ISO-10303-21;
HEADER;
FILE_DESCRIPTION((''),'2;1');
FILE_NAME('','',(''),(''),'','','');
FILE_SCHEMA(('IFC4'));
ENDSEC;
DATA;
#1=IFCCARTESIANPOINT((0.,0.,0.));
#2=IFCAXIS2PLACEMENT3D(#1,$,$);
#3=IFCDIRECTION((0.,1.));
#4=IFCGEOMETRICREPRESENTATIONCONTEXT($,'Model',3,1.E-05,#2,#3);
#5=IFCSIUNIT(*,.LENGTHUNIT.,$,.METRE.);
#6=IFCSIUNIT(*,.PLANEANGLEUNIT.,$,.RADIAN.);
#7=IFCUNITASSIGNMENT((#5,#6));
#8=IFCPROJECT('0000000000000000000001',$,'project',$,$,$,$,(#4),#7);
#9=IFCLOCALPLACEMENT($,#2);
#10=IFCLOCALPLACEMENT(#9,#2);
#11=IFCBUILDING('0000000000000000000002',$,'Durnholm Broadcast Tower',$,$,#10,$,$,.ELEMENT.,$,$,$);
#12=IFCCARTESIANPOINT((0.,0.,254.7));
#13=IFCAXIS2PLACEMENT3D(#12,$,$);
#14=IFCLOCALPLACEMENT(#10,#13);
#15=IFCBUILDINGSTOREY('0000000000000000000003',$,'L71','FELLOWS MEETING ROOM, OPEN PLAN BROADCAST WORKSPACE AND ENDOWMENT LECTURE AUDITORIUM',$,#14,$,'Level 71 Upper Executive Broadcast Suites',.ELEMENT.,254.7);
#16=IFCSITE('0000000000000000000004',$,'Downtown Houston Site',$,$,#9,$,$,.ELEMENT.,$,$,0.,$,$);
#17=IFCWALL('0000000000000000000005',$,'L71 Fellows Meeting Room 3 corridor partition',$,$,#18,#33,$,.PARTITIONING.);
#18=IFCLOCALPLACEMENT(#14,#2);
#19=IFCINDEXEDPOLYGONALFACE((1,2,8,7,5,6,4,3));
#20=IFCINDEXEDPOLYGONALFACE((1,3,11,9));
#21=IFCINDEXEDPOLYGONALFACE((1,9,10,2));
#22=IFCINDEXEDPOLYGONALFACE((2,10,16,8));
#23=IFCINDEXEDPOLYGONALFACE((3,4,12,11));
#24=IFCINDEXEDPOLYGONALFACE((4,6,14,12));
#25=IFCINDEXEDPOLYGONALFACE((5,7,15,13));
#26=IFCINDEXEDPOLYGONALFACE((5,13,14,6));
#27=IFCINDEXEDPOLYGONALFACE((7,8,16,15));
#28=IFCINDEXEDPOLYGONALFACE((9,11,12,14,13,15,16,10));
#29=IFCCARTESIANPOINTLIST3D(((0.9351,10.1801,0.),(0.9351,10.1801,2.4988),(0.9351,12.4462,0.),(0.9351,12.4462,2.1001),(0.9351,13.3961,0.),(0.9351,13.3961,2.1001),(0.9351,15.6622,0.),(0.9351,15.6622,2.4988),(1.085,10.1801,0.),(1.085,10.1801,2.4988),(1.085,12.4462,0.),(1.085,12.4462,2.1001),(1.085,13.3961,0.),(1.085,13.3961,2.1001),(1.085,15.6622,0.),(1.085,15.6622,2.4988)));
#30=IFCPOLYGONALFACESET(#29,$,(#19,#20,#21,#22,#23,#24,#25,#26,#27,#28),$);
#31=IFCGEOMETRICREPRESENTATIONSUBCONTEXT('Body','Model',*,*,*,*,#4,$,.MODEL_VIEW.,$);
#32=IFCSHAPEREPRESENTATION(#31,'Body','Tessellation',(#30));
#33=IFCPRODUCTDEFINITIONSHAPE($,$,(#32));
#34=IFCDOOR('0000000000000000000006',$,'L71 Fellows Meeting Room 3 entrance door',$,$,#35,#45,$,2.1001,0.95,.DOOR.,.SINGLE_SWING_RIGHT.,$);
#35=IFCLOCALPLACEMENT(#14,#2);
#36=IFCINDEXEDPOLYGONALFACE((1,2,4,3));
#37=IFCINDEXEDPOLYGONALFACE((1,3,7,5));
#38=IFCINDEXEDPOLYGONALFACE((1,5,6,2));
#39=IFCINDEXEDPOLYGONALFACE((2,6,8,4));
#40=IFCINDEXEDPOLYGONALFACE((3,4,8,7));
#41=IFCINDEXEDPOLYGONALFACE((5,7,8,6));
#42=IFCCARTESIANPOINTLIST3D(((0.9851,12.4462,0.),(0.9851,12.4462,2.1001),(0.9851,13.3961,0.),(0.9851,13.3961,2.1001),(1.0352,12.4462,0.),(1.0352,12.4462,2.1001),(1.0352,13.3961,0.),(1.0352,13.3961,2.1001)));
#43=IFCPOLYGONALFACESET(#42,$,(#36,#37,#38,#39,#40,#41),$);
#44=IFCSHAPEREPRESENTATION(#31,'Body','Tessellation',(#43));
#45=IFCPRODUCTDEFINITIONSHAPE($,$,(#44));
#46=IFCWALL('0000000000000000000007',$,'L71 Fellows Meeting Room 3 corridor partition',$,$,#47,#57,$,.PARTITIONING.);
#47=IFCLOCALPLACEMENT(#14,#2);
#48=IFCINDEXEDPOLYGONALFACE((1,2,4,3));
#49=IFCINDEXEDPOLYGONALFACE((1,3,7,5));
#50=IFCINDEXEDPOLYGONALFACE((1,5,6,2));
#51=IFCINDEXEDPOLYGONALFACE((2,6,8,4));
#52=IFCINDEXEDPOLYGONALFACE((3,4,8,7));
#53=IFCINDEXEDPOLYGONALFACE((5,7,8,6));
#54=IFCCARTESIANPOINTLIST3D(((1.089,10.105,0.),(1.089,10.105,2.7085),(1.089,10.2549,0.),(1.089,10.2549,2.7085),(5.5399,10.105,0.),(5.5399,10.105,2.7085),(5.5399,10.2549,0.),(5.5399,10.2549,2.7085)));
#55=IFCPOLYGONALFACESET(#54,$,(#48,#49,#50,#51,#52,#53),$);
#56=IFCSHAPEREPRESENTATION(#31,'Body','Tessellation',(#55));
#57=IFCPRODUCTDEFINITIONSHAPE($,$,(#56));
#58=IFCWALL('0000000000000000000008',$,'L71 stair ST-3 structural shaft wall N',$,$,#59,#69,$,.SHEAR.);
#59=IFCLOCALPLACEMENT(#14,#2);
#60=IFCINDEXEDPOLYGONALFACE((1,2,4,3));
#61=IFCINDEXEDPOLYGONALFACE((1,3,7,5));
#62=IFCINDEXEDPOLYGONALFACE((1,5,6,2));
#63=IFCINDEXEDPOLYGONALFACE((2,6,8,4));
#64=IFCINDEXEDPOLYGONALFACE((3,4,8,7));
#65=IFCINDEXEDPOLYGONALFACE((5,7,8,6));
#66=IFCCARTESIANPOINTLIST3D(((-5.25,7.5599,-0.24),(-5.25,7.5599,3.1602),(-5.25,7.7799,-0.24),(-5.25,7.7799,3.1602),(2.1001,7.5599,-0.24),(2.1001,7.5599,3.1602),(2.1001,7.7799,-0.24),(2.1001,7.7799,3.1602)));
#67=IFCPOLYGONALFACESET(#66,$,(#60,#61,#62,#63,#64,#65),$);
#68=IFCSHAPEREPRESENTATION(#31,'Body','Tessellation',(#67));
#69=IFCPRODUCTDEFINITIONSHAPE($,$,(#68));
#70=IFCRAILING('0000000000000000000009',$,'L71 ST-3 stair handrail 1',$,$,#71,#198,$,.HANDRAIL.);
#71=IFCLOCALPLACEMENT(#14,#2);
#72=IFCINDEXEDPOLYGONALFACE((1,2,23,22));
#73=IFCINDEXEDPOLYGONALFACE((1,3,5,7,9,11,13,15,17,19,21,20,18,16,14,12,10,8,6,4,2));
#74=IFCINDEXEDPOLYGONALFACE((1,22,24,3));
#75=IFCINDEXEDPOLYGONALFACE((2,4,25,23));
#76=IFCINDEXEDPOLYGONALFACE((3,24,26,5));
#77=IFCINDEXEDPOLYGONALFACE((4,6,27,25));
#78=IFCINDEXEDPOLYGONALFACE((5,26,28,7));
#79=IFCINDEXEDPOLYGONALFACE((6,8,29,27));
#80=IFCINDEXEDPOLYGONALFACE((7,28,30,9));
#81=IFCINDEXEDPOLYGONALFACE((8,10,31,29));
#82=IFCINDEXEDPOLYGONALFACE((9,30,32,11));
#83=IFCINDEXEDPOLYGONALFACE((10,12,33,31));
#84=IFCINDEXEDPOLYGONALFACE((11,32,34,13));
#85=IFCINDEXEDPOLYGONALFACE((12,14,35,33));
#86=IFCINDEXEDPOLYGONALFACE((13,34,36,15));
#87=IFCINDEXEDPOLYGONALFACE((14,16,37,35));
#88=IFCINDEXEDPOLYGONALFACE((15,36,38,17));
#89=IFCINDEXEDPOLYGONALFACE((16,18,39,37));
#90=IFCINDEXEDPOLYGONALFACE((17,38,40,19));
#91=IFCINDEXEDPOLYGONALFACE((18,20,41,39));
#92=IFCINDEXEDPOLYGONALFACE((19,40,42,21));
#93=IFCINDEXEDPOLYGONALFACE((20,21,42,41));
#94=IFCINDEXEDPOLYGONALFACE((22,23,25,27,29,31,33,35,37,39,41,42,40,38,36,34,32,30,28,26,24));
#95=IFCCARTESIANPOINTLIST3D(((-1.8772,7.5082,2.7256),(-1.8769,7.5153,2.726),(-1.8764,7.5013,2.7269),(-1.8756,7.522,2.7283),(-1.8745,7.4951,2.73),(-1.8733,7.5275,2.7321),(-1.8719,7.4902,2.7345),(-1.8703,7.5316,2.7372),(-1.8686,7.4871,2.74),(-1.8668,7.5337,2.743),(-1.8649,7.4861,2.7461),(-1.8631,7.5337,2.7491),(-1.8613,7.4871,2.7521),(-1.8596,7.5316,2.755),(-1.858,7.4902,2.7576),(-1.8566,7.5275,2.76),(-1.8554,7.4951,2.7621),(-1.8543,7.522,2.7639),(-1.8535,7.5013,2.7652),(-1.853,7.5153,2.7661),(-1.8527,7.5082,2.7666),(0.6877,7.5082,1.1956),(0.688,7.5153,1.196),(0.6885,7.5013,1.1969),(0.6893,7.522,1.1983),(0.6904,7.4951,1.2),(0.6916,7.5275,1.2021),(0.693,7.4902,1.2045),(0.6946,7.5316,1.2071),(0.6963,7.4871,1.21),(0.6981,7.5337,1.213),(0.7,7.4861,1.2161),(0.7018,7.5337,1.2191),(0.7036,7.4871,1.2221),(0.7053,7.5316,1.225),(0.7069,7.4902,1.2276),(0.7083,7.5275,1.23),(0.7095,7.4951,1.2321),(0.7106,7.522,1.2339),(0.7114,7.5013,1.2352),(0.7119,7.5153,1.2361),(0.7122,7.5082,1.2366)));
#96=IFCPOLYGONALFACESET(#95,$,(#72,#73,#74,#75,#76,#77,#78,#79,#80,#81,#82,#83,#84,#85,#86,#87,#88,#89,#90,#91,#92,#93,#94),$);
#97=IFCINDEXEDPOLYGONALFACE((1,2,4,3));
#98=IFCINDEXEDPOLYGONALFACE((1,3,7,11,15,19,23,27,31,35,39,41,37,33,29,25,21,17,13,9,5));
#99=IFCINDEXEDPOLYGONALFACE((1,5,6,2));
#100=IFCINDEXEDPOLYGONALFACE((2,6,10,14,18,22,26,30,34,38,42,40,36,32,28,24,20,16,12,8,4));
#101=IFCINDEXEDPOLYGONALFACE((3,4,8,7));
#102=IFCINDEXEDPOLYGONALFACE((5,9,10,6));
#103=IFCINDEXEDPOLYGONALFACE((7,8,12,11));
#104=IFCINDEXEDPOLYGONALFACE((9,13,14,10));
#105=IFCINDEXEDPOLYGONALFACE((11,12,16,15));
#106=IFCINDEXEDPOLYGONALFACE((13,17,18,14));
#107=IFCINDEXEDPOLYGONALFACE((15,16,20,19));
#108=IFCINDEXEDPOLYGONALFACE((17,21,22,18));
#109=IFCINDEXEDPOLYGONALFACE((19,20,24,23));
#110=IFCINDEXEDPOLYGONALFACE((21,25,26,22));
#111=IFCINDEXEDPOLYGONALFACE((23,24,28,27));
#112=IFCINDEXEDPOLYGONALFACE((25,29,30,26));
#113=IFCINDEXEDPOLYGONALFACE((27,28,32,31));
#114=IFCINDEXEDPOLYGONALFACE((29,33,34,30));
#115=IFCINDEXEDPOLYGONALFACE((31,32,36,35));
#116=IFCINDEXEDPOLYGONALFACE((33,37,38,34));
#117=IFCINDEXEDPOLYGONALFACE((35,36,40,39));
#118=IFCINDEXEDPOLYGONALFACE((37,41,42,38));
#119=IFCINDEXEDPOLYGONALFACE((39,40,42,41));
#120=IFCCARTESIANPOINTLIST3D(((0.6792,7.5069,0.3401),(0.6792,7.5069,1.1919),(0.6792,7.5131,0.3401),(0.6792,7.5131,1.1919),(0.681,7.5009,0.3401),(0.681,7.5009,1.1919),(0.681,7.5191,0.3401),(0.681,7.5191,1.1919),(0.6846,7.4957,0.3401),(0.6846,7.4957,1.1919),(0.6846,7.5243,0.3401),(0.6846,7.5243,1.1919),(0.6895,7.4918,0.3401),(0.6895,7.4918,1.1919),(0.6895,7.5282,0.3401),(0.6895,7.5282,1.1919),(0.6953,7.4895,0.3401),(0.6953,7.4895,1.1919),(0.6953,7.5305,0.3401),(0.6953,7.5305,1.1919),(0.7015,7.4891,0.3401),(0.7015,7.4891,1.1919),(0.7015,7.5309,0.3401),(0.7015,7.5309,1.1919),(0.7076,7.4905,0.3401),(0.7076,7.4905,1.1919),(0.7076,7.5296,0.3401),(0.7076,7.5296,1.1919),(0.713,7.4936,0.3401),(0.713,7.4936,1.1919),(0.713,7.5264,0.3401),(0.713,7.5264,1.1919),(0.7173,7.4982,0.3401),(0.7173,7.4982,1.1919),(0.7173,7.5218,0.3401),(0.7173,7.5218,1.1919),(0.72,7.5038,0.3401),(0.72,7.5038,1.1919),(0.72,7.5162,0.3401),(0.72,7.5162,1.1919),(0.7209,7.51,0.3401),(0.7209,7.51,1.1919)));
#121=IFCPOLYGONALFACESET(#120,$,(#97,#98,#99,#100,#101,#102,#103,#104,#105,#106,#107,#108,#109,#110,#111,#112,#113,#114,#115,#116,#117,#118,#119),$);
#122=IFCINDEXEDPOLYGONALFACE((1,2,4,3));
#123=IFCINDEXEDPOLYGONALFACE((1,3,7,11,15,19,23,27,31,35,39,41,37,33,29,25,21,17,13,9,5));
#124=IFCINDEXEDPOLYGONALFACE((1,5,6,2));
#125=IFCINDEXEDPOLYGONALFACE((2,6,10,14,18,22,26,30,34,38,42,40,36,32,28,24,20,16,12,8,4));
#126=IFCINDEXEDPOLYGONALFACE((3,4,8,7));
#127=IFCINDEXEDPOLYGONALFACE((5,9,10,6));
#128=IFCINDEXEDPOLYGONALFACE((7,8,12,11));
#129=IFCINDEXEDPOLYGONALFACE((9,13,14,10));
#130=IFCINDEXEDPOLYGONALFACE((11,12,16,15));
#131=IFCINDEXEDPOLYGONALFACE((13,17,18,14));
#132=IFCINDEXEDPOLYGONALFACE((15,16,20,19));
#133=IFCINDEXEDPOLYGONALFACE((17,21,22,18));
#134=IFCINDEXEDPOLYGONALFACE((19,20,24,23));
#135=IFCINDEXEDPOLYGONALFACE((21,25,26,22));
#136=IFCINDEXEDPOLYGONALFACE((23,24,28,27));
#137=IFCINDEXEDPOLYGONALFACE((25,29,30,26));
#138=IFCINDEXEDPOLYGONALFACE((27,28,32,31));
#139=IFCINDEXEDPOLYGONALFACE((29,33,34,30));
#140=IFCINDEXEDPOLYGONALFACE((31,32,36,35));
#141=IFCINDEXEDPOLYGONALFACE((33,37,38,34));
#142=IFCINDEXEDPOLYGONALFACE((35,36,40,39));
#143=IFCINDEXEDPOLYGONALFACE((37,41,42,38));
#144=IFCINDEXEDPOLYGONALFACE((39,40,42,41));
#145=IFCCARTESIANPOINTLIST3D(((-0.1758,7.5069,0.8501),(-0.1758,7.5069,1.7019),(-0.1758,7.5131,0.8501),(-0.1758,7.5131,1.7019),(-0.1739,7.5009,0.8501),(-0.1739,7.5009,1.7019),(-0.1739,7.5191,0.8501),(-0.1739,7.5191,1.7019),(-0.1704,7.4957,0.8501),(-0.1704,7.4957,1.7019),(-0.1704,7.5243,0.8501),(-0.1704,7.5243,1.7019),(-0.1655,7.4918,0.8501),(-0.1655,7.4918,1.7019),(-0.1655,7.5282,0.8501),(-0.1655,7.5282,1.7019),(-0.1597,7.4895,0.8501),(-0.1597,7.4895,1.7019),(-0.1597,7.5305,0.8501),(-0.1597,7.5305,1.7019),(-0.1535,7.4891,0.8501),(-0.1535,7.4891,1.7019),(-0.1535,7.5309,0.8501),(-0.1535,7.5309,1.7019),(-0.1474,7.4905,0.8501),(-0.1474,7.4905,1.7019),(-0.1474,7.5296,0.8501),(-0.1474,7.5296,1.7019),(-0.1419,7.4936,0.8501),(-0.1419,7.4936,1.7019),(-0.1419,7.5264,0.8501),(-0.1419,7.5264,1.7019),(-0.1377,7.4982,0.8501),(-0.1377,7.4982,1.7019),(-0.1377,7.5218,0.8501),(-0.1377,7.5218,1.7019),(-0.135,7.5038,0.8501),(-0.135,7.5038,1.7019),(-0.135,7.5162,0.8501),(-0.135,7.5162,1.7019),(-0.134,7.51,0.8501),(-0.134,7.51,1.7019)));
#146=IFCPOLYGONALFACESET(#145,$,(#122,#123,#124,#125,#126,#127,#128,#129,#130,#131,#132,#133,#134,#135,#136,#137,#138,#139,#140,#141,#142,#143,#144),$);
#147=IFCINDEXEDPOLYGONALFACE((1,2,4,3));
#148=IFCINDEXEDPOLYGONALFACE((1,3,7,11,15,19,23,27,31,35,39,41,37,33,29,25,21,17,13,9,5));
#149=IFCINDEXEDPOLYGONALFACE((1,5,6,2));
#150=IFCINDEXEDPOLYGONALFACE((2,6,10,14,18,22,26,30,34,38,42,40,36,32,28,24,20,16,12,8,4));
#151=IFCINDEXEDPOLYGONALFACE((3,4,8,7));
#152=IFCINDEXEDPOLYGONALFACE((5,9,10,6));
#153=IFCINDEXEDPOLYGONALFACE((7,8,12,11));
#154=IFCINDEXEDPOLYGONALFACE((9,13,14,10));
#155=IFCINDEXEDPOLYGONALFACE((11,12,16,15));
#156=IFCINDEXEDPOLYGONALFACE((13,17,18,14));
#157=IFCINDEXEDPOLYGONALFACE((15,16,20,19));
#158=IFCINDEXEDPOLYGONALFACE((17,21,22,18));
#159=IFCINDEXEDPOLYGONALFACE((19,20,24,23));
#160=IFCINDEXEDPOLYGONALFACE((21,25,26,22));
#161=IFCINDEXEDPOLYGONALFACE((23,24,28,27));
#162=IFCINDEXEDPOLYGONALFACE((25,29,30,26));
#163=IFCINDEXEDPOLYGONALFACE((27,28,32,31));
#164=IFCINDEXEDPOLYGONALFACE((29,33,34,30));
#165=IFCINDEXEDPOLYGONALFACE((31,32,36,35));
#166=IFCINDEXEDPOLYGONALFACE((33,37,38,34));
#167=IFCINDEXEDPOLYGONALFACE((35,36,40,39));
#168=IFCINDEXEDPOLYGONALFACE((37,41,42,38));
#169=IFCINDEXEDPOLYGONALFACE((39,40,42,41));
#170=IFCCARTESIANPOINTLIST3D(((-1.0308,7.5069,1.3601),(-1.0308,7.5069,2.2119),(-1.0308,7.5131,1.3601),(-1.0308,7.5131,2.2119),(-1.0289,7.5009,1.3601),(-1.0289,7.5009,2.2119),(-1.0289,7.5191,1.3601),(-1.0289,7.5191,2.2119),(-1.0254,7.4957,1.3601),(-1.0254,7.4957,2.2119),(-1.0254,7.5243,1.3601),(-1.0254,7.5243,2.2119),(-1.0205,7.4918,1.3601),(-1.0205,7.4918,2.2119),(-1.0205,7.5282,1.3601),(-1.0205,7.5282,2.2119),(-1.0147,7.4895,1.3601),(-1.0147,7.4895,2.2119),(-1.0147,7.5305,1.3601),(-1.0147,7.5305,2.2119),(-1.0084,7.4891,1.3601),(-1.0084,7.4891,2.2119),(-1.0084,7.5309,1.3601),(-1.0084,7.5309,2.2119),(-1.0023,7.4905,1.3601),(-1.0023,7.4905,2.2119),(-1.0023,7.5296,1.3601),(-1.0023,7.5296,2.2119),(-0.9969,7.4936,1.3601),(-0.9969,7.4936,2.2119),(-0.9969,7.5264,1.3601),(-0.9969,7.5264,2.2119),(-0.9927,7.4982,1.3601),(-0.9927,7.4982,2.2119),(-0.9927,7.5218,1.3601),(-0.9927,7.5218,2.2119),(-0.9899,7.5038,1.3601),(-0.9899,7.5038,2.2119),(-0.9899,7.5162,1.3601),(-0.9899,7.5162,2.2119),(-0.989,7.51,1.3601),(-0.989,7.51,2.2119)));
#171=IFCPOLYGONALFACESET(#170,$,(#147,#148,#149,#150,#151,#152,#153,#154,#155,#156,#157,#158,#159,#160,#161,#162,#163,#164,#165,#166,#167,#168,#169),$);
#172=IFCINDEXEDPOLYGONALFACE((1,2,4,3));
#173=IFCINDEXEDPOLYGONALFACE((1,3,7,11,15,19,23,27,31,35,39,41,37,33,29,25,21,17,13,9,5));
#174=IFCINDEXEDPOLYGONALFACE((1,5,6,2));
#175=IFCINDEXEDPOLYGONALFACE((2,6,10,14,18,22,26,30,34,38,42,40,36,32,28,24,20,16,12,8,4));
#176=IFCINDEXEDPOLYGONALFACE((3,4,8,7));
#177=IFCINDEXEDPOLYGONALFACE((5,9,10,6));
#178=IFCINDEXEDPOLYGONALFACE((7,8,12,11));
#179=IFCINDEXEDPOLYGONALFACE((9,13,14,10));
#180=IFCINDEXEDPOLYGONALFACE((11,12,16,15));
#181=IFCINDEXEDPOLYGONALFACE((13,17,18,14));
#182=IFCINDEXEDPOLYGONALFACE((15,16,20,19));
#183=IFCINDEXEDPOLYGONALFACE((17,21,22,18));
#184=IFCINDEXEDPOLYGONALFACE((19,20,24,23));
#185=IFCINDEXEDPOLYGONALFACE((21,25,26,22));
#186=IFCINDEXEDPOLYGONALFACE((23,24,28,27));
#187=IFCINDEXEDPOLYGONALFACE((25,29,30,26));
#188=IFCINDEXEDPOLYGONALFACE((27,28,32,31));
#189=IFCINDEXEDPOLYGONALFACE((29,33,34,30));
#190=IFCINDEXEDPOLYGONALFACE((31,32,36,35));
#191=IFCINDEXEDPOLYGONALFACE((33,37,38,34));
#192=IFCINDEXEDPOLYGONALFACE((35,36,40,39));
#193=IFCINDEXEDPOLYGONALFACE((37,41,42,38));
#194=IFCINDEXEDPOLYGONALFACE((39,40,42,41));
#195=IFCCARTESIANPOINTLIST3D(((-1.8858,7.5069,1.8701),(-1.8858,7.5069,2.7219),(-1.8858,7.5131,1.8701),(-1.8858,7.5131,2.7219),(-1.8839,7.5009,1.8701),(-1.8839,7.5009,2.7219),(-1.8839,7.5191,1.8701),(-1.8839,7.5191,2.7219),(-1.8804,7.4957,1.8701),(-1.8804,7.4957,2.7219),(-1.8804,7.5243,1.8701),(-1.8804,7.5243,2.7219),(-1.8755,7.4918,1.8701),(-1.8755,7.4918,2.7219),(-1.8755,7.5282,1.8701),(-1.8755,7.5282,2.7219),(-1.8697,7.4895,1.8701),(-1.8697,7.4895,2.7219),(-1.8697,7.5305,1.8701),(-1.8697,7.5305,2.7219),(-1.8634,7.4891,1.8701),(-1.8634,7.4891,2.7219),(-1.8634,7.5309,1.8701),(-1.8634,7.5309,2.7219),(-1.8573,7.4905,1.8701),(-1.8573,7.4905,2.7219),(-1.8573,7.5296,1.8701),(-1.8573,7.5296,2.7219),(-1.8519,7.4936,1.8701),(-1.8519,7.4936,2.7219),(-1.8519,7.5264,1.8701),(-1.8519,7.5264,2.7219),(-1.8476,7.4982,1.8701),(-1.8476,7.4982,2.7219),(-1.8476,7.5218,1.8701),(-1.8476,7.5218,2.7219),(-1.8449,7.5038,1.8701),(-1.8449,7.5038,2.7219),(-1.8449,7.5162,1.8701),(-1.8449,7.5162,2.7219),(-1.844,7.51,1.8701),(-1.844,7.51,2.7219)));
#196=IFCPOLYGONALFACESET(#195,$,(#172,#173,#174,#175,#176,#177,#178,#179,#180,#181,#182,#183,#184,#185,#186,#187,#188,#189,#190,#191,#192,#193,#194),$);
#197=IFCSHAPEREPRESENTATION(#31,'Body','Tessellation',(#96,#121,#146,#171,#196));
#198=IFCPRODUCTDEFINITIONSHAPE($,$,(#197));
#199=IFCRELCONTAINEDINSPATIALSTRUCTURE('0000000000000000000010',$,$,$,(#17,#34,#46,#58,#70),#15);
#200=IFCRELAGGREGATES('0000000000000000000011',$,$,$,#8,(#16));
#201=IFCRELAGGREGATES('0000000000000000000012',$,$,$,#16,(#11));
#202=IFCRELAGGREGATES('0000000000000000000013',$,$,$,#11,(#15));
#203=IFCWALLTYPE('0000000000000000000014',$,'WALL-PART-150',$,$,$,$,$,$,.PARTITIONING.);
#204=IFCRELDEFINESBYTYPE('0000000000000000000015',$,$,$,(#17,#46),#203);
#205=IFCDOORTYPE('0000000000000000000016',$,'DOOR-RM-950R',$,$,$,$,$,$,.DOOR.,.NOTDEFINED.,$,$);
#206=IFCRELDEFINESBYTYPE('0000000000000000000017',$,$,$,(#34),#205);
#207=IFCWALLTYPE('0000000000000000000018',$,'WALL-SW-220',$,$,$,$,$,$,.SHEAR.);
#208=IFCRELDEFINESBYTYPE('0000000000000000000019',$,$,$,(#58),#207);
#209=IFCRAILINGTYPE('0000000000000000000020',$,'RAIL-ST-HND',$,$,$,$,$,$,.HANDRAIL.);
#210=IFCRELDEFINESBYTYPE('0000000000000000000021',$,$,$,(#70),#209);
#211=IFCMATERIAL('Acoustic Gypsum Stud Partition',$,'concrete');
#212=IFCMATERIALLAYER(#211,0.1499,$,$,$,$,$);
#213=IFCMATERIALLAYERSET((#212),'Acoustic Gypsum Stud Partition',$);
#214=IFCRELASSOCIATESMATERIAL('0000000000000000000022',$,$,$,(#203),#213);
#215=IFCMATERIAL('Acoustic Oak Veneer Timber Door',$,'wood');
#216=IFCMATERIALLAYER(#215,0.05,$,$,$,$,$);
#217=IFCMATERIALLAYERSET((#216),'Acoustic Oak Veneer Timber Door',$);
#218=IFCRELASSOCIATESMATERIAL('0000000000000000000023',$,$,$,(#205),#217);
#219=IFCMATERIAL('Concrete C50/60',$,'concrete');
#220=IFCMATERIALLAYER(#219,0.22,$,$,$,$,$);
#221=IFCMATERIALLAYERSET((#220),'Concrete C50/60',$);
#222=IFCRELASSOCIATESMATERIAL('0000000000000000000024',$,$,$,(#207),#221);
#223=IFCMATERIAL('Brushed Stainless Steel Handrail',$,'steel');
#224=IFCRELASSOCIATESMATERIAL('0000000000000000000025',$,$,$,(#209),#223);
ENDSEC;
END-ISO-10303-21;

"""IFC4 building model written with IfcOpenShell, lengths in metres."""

from ifc_helpers import new_model, si_unit, direction, frame, frame_2d, origin, origin_2d, place, context, subcontext, project, spatial, rectangle, circle, extrude, source, transform, mapped, material, layer, layer_set, type_object, type_shapes, element, fill, save


model = new_model("IFC4")

# Units and contexts
model_context = context("Model", 3, precision=1e-05, world=origin(), true_north=direction((0.0, 1.0)))
body_context = subcontext(model_context, "Body", "Model", "MODEL_VIEW")
ifc_project = project(units=[si_unit("LENGTHUNIT", "METRE"), si_unit("PLANEANGLEUNIT", "RADIAN")], contexts=[model_context])

# Site, building, storey
site_placement = place(None, origin())
site = spatial("IfcSite", under=ifc_project, at=site_placement, Name="Downtown Houston Site", CompositionType="ELEMENT", RefElevation=0.0)
building_placement = place(site_placement, origin())
building = spatial("IfcBuilding", under=site, at=building_placement, Name="Durnholm Broadcast Tower", CompositionType="ELEMENT")
storey_placement = place(building_placement, frame((0.0, 0.0, 254.7)))
storey = spatial("IfcBuildingStorey", under=building, at=storey_placement, Name="L71", Description="FELLOWS MEETING ROOM, OPEN PLAN BROADCAST WORKSPACE AND ENDOWMENT LECTURE AUDITORIUM", LongName="Level 71 Upper Executive Broadcast Suites", CompositionType="ELEMENT", Elevation=254.7)

# Wall, opening, door
ifc_material_1 = material(Name="Acoustic Gypsum Stud Partition", Category="concrete")
ifc_layer_1 = layer(ifc_material_1, 0.1499)
ifc_layer_set_1 = layer_set([ifc_layer_1], Name="Acoustic Gypsum Stud Partition")
wall_type_1 = type_object("IfcWallType", Name="WALL-PART-150", PredefinedType="PARTITIONING", material=ifc_layer_set_1)
wall_1_placement = place(storey_placement, frame((1.01, 10.1799, 0.0), z_axis=(0.0, 0.0, 1.0), x_axis=(0.0, 1.0, 0.0)))
wall_1 = element("IfcWall", 1, at=wall_1_placement, inside=storey, type_object=wall_type_1, Name="L71 Fellows Meeting Room 3 corridor partition", PredefinedType="PARTITIONING", context=body_context, shape_type="SweptSolid", body=[
    extrude(rectangle(XDim=5.4822, YDim=0.1499, at=frame_2d((2.7412, 0.0))), origin(), (0.0, 0.0, 1.0), 2.4988),
])
opening_placement = place(wall_1_placement, frame((2.2661, 0.0, 0.0)))
opening = element("IfcOpeningElement", 2, at=opening_placement, cuts=wall_1, PredefinedType="OPENING", context=body_context, shape_type="SweptSolid", body=[
    extrude(rectangle(XDim=0.95, YDim=2.1001, at=frame_2d((0.4751, 1.05))), frame((0.0, 0.085, 0.0), z_axis=(0.0, -1.0, 0.0), x_axis=(1.0, 0.0, 0.0)), (0.0, 0.0, 1.0), 0.1699),
])
ifc_material_2 = material(Name="Acoustic Oak Veneer Timber Door", Category="wood")
ifc_layer_2 = layer(ifc_material_2, 0.05)
ifc_layer_set_2 = layer_set([ifc_layer_2], Name="Acoustic Oak Veneer Timber Door")
door_type = type_object("IfcDoorType", Name="DOOR-RM-950R", OperationType="NOTDEFINED", PredefinedType="DOOR", material=ifc_layer_set_2)
shared_shape_1 = source(origin(), body_context, "Body", "SweptSolid", [
    extrude(rectangle(XDim=0.95, YDim=2.1001, at=frame_2d((0.4751, 1.05))), frame((0.0, 0.0249, 0.0), z_axis=(0.0, -1.0, 0.0), x_axis=(1.0, 0.0, 0.0)), (0.0, 0.0, 1.0), 0.05),
])
type_shapes(door_type, [shared_shape_1])
door_placement = place(opening_placement, origin())
door = element("IfcDoor", 3, at=door_placement, inside=storey, type_object=door_type, Name="L71 Fellows Meeting Room 3 entrance door", OperationType="SINGLE_SWING_RIGHT", OverallHeight=2.1001, OverallWidth=0.95, PredefinedType="DOOR", context=body_context, shape_type="MappedRepresentation", body=[
    mapped(shared_shape_1, transform((0.0, 0.0, 0.0), x_axis=(1.0, 0.0, 0.0), y_axis=(0.0, 1.0, 0.0), z_axis=(0.0, 0.0, 1.0), scale=1.0)),
])
fill(opening, door)

# Walls
wall_2_placement = place(storey_placement, frame((5.54, 10.1799, 0.0), z_axis=(0.0, 0.0, 1.0), x_axis=(-1.0, 0.0, 0.0)))
element("IfcWall", 4, at=wall_2_placement, inside=storey, type_object=wall_type_1, Name="L71 Fellows Meeting Room 3 corridor partition", PredefinedType="PARTITIONING", context=body_context, shape_type="SweptSolid", body=[
    extrude(rectangle(XDim=4.4509, YDim=0.1499, at=frame_2d((2.2256, 0.0))), origin(), (0.0, 0.0, 1.0), 2.7085),
])
ifc_material_3 = material(Name="Concrete C50/60", Category="concrete")
ifc_layer_3 = layer(ifc_material_3, 0.22)
ifc_layer_set_3 = layer_set([ifc_layer_3], Name="Concrete C50/60")
wall_type_2 = type_object("IfcWallType", Name="WALL-SW-220", PredefinedType="SHEAR", material=ifc_layer_set_3)
wall_3_placement = place(storey_placement, frame((2.1001, 7.6699, -0.24), z_axis=(0.0, 0.0, 1.0), x_axis=(-1.0, 0.0, 0.0)))
element("IfcWall", 5, at=wall_3_placement, inside=storey, type_object=wall_type_2, Name="L71 stair ST-3 structural shaft wall N", PredefinedType="SHEAR", context=body_context, shape_type="SweptSolid", body=[
    extrude(rectangle(XDim=7.3501, YDim=0.22, at=frame_2d((3.675, 0.0))), origin(), (0.0, 0.0, 1.0), 3.4001),
])

# Railing
ifc_material_4 = material(Name="Brushed Stainless Steel Handrail", Category="steel")
railing_type = type_object("IfcRailingType", Name="RAIL-ST-HND", PredefinedType="HANDRAIL", material=ifc_material_4)
railing_placement = place(storey_placement, frame((0.7, 7.51, 0.3401)))
element("IfcRailing", 6, at=railing_placement, inside=storey, type_object=railing_type, Name="L71 ST-3 stair handrail 1", PredefinedType="HANDRAIL", context=body_context, shape_type="SweptSolid", body=[
    extrude(circle(Radius=0.0239, at=origin_2d()), frame((0.0, 0.0, 0.876), z_axis=(-0.85881, 0.0, 0.512294), x_axis=(0.0, -1.0, 0.0)), (0.0, 0.0, 1.0), 2.9866),
    extrude(circle(Radius=0.021, at=origin_2d()), origin(), (0.0, 0.0, 1.0), 0.8518),
    extrude(circle(Radius=0.021, at=origin_2d()), frame((-0.855, 0.0, 0.51)), (0.0, 0.0, 1.0), 0.8518),
    extrude(circle(Radius=0.021, at=origin_2d()), frame((-1.71, 0.0, 1.02)), (0.0, 0.0, 1.0), 0.8518),
    extrude(circle(Radius=0.021, at=origin_2d()), frame((-2.5649, 0.0, 1.53)), (0.0, 0.0, 1.0), 0.8518),
])

save(model, "model.ifc")
